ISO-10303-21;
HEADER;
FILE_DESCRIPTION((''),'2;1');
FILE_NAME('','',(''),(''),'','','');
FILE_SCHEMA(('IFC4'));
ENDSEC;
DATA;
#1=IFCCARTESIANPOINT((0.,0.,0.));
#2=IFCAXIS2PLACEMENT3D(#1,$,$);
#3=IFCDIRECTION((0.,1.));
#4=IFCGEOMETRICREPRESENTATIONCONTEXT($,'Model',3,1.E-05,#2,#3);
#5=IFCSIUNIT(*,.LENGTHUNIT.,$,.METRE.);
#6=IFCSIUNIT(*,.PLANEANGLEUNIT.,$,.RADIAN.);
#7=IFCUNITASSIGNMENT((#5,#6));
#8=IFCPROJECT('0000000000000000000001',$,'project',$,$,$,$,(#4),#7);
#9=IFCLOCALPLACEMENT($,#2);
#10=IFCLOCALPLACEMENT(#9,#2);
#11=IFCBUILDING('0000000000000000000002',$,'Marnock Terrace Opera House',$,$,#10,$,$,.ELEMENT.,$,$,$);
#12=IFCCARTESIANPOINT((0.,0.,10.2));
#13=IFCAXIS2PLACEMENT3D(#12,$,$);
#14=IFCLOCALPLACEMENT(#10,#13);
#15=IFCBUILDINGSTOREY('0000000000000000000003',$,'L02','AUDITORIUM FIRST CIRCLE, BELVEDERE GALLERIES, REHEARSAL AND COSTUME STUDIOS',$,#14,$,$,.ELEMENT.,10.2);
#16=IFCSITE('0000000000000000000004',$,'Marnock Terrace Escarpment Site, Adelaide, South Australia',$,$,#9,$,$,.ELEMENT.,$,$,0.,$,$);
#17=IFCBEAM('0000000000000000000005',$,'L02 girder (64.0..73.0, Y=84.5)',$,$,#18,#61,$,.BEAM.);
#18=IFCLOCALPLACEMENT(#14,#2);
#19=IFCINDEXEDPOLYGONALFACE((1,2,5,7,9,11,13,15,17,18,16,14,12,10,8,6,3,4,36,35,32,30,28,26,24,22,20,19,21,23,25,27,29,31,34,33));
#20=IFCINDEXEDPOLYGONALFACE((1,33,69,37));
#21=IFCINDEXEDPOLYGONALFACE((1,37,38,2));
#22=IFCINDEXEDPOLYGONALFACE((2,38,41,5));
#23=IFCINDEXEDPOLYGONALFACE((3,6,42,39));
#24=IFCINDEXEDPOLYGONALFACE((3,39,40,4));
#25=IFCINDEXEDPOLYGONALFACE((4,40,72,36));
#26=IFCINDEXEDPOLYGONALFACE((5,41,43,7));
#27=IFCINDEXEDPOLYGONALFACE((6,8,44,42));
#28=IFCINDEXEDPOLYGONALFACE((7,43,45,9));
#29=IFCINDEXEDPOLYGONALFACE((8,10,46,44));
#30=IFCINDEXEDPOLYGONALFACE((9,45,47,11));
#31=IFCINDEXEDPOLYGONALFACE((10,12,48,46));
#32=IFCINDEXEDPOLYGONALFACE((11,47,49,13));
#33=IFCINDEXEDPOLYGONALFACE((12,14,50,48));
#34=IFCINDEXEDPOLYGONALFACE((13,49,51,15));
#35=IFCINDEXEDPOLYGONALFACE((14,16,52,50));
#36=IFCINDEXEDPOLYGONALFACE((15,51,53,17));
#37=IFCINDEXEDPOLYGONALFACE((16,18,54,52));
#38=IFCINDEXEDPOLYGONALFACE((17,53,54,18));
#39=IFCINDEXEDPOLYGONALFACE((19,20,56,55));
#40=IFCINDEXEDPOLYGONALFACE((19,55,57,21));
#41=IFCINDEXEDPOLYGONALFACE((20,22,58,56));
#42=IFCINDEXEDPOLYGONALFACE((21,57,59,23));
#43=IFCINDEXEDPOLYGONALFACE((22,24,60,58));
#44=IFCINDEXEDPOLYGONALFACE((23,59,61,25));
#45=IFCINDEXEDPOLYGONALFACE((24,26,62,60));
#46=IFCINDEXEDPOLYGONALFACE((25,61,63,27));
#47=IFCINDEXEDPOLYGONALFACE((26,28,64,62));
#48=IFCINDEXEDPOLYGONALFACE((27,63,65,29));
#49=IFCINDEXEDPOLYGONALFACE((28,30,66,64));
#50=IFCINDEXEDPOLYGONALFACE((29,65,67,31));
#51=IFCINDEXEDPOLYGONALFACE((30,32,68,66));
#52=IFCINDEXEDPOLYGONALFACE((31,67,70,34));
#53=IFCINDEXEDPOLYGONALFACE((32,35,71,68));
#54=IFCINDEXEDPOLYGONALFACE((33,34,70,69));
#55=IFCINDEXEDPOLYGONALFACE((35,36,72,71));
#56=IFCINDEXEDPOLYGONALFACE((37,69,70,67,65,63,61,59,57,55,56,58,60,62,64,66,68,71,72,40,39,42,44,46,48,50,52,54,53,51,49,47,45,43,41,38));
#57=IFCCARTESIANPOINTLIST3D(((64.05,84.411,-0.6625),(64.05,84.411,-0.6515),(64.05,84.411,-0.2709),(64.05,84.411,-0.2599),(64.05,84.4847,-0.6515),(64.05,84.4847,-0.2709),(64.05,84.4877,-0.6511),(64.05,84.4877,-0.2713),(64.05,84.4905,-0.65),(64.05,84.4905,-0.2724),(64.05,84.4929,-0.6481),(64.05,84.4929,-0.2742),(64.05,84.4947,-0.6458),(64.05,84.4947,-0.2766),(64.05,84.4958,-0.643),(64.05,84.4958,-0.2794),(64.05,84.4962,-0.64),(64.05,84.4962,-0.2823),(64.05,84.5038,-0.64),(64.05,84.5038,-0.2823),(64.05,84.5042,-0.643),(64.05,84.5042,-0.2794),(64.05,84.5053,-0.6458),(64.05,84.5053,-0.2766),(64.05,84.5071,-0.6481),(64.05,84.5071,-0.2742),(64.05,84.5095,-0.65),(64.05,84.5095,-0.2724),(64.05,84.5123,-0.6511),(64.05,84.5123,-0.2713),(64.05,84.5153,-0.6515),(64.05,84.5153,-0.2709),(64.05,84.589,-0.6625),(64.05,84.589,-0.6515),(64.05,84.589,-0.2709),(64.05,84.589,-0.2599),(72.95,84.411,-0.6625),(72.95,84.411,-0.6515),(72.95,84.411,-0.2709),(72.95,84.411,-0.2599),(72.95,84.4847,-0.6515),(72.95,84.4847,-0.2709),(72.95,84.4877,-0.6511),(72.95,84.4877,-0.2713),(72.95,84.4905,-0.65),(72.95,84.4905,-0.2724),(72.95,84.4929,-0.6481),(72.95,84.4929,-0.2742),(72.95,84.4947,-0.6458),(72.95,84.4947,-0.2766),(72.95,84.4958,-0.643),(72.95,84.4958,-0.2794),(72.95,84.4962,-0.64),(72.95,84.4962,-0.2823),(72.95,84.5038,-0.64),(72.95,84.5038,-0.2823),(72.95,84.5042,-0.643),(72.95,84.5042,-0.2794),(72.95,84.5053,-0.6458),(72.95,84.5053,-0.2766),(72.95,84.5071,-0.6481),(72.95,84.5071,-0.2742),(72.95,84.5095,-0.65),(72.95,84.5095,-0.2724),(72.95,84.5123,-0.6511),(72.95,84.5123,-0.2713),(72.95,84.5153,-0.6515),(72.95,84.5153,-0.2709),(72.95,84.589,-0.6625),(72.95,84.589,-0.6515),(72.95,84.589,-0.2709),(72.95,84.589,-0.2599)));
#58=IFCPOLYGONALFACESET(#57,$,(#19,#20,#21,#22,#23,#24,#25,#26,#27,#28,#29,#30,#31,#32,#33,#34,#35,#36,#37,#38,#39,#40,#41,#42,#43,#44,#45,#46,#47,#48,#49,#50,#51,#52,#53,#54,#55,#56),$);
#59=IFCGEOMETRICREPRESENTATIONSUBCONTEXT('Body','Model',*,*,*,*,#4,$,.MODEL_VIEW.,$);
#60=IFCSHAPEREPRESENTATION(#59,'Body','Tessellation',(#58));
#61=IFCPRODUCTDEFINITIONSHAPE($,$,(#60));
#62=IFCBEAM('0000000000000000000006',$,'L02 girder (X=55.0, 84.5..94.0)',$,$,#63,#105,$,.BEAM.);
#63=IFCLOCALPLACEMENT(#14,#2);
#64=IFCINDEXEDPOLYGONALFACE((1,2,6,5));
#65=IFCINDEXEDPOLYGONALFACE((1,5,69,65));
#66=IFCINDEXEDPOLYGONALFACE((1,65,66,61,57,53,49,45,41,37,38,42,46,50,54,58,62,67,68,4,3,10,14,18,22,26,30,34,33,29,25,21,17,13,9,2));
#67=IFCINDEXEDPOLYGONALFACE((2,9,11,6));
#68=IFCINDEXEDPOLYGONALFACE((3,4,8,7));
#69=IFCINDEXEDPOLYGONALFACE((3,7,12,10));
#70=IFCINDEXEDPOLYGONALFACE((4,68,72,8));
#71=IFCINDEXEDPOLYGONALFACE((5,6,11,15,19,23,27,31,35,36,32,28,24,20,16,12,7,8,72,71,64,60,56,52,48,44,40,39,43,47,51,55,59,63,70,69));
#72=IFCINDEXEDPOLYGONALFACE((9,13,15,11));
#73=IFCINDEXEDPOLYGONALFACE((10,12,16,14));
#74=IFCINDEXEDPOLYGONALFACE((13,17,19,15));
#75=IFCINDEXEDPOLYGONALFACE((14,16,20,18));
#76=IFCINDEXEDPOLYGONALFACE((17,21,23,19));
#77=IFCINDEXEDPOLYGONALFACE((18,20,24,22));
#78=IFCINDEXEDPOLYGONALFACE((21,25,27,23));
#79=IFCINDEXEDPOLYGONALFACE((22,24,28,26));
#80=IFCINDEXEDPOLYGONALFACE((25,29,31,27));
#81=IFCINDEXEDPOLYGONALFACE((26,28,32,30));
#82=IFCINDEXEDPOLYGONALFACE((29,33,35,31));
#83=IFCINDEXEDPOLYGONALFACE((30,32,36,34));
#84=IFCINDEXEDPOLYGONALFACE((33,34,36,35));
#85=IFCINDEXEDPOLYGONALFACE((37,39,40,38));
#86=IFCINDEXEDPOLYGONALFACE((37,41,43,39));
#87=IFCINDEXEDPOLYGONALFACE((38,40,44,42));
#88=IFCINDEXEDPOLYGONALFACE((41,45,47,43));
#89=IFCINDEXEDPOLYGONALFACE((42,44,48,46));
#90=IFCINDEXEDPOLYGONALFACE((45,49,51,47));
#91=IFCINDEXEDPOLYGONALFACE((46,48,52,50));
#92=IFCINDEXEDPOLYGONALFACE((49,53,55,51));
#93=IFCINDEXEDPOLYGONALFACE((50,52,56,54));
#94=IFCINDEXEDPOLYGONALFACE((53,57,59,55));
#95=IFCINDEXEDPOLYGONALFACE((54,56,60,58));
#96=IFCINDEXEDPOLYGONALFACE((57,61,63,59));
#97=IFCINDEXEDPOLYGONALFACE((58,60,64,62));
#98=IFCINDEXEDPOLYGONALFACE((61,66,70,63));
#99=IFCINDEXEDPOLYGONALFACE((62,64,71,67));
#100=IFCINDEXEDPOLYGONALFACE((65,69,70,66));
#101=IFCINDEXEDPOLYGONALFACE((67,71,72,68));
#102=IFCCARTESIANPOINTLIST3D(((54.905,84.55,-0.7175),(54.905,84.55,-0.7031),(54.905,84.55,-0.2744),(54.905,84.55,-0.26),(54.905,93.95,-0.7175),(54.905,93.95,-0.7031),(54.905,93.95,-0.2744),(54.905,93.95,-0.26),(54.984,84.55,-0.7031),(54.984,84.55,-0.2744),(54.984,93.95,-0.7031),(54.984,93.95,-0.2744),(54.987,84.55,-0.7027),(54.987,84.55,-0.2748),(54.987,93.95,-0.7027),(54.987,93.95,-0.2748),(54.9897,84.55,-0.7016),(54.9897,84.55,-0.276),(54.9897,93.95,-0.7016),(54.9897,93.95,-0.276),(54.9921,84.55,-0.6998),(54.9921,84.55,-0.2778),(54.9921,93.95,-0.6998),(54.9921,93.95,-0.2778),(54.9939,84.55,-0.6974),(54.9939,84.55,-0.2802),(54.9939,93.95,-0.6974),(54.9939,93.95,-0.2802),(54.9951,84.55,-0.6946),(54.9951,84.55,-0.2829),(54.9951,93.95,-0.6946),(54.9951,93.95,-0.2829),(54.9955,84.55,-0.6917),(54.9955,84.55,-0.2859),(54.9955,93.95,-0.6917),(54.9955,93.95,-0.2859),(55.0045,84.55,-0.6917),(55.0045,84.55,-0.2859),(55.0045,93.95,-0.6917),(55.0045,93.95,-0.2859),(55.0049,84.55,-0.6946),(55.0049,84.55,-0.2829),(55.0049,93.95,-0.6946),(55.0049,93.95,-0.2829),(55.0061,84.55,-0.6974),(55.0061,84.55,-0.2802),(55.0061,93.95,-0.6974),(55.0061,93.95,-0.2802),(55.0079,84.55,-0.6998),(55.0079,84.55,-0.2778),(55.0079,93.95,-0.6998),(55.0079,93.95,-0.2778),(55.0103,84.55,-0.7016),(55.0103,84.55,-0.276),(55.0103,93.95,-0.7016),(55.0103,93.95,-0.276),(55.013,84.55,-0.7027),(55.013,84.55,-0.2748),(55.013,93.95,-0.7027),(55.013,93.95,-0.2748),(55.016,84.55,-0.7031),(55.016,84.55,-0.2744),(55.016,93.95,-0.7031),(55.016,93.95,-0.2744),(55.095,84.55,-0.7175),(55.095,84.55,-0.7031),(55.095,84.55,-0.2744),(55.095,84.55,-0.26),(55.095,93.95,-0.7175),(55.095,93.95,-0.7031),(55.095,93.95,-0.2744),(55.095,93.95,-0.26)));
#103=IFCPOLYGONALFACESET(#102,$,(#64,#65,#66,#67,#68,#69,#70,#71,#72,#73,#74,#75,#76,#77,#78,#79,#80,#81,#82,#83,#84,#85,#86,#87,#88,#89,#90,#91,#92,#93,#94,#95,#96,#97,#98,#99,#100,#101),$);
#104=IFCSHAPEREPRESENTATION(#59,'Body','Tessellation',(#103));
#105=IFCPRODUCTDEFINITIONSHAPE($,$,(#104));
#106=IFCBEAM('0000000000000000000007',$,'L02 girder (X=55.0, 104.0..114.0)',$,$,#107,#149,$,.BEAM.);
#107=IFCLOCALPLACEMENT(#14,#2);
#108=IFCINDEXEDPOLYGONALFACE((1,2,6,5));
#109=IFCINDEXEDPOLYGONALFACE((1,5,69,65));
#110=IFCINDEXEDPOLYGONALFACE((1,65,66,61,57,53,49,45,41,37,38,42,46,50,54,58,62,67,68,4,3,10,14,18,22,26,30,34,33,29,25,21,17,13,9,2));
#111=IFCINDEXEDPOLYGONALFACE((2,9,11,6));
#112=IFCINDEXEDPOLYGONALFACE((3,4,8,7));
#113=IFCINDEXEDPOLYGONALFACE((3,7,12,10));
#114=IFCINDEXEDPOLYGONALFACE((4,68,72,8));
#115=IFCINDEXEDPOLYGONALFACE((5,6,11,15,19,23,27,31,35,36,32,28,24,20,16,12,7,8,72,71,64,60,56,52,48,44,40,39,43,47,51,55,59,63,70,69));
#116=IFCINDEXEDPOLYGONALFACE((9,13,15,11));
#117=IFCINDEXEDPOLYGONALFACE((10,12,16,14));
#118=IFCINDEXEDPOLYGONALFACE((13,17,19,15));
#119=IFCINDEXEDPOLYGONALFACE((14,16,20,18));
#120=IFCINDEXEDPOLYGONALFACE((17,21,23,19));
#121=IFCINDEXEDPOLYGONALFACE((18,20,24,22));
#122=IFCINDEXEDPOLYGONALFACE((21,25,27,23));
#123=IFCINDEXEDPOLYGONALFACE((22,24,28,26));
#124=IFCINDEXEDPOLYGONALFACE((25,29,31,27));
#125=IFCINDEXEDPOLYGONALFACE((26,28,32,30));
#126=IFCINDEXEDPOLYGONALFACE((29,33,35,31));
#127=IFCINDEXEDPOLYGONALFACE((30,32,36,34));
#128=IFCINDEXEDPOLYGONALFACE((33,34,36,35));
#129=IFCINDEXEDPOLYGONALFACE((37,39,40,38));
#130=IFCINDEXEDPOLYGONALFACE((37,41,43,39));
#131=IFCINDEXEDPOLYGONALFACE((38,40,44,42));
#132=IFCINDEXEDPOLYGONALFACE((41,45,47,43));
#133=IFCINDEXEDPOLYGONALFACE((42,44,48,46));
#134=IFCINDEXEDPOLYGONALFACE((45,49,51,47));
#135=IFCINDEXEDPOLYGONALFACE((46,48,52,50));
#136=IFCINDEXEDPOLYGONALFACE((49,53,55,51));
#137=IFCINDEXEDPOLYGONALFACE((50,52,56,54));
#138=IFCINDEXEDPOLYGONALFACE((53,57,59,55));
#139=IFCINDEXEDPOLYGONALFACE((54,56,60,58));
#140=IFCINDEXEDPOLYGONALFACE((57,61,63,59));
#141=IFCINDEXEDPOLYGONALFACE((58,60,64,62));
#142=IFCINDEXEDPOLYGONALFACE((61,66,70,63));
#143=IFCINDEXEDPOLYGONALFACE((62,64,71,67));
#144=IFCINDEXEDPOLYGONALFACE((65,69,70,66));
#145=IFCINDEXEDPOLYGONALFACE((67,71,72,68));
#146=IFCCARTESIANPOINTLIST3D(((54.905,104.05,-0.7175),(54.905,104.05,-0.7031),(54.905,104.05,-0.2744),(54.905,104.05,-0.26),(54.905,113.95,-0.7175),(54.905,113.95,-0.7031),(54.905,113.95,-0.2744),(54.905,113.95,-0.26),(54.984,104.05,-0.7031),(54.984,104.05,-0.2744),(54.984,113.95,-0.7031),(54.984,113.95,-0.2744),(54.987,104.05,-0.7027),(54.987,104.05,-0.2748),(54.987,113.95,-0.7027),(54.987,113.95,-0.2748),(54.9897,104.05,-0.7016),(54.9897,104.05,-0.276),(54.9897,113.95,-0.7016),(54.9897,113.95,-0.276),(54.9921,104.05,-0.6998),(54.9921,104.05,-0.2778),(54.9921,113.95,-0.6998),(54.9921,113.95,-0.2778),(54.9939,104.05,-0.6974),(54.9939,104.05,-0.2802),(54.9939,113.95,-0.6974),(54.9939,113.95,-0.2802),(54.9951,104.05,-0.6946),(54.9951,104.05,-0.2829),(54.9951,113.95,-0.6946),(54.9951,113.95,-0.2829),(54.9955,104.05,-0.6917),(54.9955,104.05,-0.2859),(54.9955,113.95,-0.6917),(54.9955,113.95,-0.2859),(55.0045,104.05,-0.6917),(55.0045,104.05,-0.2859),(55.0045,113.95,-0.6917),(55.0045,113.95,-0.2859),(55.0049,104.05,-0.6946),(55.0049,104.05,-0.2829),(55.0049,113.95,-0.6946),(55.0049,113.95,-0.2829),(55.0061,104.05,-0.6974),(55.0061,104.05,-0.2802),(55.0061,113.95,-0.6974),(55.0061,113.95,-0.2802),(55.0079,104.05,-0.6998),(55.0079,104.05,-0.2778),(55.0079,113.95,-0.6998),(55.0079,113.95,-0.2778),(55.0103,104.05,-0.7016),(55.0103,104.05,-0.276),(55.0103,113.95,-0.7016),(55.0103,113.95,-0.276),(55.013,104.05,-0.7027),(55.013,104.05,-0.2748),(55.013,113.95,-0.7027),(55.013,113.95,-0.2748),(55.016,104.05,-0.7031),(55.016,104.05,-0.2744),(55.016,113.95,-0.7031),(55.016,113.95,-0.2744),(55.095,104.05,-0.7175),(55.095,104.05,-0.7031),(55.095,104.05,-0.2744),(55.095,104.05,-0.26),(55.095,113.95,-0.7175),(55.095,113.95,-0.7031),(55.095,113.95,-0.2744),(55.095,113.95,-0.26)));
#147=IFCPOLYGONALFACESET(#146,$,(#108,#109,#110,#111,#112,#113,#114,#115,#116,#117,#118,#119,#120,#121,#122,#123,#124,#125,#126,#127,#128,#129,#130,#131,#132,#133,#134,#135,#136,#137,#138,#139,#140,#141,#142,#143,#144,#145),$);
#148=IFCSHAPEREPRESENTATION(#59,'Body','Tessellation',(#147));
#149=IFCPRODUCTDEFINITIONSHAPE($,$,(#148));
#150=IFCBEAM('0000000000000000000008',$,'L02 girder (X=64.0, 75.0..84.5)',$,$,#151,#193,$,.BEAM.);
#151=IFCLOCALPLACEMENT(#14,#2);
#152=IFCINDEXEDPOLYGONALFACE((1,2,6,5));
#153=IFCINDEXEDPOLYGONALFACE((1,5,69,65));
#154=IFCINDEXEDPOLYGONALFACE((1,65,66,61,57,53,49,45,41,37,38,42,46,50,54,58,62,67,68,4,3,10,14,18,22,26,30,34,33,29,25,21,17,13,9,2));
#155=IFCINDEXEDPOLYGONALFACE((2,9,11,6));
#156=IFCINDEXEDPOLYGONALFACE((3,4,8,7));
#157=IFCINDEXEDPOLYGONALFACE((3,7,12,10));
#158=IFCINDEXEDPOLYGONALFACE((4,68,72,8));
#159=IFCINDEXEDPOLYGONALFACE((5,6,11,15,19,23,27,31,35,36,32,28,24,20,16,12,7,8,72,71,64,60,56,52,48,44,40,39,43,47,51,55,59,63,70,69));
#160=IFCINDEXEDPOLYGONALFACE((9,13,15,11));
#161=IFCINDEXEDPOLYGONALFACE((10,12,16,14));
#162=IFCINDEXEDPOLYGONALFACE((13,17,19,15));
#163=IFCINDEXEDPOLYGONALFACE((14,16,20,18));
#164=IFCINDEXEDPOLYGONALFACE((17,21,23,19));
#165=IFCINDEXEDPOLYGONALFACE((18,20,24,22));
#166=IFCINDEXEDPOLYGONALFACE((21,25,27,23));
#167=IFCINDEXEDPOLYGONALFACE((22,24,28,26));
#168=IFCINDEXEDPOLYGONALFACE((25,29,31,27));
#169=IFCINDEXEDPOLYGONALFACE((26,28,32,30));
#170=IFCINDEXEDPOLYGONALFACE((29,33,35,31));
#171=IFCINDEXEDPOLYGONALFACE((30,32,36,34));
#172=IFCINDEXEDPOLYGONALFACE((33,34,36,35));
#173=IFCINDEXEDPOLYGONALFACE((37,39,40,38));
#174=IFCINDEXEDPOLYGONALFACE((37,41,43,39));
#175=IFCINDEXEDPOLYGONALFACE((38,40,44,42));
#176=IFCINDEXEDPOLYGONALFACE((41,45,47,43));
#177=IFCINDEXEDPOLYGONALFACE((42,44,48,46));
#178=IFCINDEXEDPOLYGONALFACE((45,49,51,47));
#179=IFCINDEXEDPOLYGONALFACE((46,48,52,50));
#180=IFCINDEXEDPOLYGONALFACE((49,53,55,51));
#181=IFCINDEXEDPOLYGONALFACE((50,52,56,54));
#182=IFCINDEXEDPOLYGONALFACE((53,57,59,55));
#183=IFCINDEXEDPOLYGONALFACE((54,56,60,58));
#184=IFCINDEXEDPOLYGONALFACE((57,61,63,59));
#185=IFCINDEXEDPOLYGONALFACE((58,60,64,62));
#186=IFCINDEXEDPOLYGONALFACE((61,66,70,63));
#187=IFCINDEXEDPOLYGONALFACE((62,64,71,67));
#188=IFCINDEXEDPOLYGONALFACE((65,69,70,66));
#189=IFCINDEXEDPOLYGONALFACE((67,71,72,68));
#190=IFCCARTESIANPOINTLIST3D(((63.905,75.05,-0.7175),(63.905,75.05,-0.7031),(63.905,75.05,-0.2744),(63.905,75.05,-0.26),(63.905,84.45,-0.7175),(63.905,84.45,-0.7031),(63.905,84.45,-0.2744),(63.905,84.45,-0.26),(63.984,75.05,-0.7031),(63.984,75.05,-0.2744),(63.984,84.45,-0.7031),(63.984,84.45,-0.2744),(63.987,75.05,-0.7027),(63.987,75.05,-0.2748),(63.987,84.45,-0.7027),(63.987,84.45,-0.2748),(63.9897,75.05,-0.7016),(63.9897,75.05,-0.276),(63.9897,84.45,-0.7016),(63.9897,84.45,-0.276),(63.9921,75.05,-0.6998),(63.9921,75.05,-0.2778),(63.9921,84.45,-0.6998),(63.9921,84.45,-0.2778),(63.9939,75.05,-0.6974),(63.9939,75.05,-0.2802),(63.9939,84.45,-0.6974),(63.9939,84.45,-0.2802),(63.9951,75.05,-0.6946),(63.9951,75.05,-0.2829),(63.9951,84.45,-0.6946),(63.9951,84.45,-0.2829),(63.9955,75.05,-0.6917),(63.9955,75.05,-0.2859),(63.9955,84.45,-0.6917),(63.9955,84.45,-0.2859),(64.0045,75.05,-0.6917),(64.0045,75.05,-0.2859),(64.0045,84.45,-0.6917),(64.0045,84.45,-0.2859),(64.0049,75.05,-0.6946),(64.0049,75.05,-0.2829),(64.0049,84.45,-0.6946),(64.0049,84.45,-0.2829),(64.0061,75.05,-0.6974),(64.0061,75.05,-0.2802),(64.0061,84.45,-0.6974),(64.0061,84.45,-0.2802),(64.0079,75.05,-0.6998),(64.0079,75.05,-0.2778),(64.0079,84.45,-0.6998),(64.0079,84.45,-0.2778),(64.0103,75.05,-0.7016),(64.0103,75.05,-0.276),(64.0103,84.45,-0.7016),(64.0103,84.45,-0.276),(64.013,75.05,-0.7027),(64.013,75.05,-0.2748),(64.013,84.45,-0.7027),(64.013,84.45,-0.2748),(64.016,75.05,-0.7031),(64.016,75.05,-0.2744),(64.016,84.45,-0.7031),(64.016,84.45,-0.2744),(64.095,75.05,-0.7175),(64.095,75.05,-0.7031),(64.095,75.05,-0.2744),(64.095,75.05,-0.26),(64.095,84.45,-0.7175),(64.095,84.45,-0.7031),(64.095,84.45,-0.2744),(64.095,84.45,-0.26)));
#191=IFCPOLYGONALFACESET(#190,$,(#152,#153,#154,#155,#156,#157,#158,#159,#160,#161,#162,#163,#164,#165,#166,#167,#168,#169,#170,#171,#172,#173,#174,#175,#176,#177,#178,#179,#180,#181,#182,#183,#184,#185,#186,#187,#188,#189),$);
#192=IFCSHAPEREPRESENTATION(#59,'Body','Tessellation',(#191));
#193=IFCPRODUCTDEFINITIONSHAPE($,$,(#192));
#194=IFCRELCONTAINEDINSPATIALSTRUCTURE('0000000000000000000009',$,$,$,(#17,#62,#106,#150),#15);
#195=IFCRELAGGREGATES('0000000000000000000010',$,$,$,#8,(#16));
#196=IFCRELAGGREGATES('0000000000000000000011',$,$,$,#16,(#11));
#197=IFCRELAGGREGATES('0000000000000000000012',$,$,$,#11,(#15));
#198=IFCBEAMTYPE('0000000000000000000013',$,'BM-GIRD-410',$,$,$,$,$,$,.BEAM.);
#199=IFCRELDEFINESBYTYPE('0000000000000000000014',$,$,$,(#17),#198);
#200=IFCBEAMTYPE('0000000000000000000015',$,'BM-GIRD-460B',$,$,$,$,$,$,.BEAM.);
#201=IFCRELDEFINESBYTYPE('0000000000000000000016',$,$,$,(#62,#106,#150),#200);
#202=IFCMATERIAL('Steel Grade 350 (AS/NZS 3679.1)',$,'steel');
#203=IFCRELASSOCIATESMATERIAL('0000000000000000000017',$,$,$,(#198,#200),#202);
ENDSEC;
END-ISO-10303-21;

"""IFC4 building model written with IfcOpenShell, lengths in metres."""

from ifc_helpers import new_model, si_unit, direction, frame, origin, origin_2d, place, context, subcontext, project, spatial, i_section, extrude, material, material_profile, profile_set, type_object, element, save


model = new_model("IFC4")

# Units and contexts
model_context = context("Model", 3, precision=1e-05, world=origin(), true_north=direction((0.0, 1.0)))
body_context = subcontext(model_context, "Body", "Model", "MODEL_VIEW")
ifc_project = project(units=[si_unit("LENGTHUNIT", "METRE"), si_unit("PLANEANGLEUNIT", "RADIAN")], contexts=[model_context])

# Site, building, storey
site_placement = place(None, origin())
site = spatial("IfcSite", under=ifc_project, at=site_placement, Name="Marnock Terrace Escarpment Site, Adelaide, South Australia", CompositionType="ELEMENT", RefElevation=0.0)
building_placement = place(site_placement, origin())
building = spatial("IfcBuilding", under=site, at=building_placement, Name="Marnock Terrace Opera House", CompositionType="ELEMENT")
storey_placement = place(building_placement, frame((0.0, 0.0, 10.2)))
storey = spatial("IfcBuildingStorey", under=building, at=storey_placement, Name="L02", Description="AUDITORIUM FIRST CIRCLE, BELVEDERE GALLERIES, REHEARSAL AND COSTUME STUDIOS", CompositionType="ELEMENT", Elevation=10.2)

# Beams
ifc_material_1 = material(Name="Steel Grade 350 (AS/NZS 3679.1)", Category="steel")
ifc_material_profile_1 = material_profile(ifc_material_1, i_section(OverallWidth=0.178, OverallDepth=0.4026, WebThickness=0.0076, FlangeThickness=0.011, FilletRadius=0.0115, at=origin_2d()))
ifc_profile_set_1 = profile_set([ifc_material_profile_1], Name="Steel Grade 350 (AS/NZS 3679.1)")
beam_type_1 = type_object("IfcBeamType", Name="BM-GIRD-410", PredefinedType="BEAM", material=ifc_profile_set_1)
beam_1_placement = place(storey_placement, frame((64.05, 84.5, -0.4612), z_axis=(1.0, 0.0, 0.0), x_axis=(0.0, 1.0, 0.0)))
element("IfcBeam", 1, at=beam_1_placement, inside=storey, type_object=beam_type_1, Name="L02 girder (64.0..73.0, Y=84.5)", PredefinedType="BEAM", context=body_context, shape_type="SweptSolid", body=[
    extrude(i_section(OverallWidth=0.178, OverallDepth=0.4026, WebThickness=0.0076, FlangeThickness=0.011, FilletRadius=0.0115, at=origin_2d()), origin(), (0.0, 0.0, 1.0), 8.8999),
])
ifc_material_profile_2 = material_profile(ifc_material_1, i_section(OverallWidth=0.1899, OverallDepth=0.4575, WebThickness=0.009, FlangeThickness=0.0144, FilletRadius=0.0115, at=origin_2d()))
ifc_profile_set_2 = profile_set([ifc_material_profile_2], Name="Steel Grade 350 (AS/NZS 3679.1)")
beam_type_2 = type_object("IfcBeamType", Name="BM-GIRD-460B", PredefinedType="BEAM", material=ifc_profile_set_2)
beam_2_placement = place(storey_placement, frame((55.0, 84.55, -0.4888), z_axis=(0.0, 1.0, 0.0), x_axis=(-1.0, 0.0, 0.0)))
element("IfcBeam", 2, at=beam_2_placement, inside=storey, type_object=beam_type_2, Name="L02 girder (X=55.0, 84.5..94.0)", PredefinedType="BEAM", context=body_context, shape_type="SweptSolid", body=[
    extrude(i_section(OverallWidth=0.1899, OverallDepth=0.4575, WebThickness=0.009, FlangeThickness=0.0144, FilletRadius=0.0115, at=origin_2d()), origin(), (0.0, 0.0, 1.0), 9.3999),
])
beam_3_placement = place(storey_placement, frame((55.0, 104.05, -0.4888), z_axis=(0.0, 1.0, 0.0), x_axis=(-1.0, 0.0, 0.0)))
element("IfcBeam", 3, at=beam_3_placement, inside=storey, type_object=beam_type_2, Name="L02 girder (X=55.0, 104.0..114.0)", PredefinedType="BEAM", context=body_context, shape_type="SweptSolid", body=[
    extrude(i_section(OverallWidth=0.1899, OverallDepth=0.4575, WebThickness=0.009, FlangeThickness=0.0144, FilletRadius=0.0115, at=origin_2d()), origin(), (0.0, 0.0, 1.0), 9.8999),
])
beam_4_placement = place(storey_placement, frame((64.0, 75.05, -0.4888), z_axis=(0.0, 1.0, 0.0), x_axis=(-1.0, 0.0, 0.0)))
element("IfcBeam", 4, at=beam_4_placement, inside=storey, type_object=beam_type_2, Name="L02 girder (X=64.0, 75.0..84.5)", PredefinedType="BEAM", context=body_context, shape_type="SweptSolid", body=[
    extrude(i_section(OverallWidth=0.1899, OverallDepth=0.4575, WebThickness=0.009, FlangeThickness=0.0144, FilletRadius=0.0115, at=origin_2d()), origin(), (0.0, 0.0, 1.0), 9.3999),
])

save(model, "model.ifc")
